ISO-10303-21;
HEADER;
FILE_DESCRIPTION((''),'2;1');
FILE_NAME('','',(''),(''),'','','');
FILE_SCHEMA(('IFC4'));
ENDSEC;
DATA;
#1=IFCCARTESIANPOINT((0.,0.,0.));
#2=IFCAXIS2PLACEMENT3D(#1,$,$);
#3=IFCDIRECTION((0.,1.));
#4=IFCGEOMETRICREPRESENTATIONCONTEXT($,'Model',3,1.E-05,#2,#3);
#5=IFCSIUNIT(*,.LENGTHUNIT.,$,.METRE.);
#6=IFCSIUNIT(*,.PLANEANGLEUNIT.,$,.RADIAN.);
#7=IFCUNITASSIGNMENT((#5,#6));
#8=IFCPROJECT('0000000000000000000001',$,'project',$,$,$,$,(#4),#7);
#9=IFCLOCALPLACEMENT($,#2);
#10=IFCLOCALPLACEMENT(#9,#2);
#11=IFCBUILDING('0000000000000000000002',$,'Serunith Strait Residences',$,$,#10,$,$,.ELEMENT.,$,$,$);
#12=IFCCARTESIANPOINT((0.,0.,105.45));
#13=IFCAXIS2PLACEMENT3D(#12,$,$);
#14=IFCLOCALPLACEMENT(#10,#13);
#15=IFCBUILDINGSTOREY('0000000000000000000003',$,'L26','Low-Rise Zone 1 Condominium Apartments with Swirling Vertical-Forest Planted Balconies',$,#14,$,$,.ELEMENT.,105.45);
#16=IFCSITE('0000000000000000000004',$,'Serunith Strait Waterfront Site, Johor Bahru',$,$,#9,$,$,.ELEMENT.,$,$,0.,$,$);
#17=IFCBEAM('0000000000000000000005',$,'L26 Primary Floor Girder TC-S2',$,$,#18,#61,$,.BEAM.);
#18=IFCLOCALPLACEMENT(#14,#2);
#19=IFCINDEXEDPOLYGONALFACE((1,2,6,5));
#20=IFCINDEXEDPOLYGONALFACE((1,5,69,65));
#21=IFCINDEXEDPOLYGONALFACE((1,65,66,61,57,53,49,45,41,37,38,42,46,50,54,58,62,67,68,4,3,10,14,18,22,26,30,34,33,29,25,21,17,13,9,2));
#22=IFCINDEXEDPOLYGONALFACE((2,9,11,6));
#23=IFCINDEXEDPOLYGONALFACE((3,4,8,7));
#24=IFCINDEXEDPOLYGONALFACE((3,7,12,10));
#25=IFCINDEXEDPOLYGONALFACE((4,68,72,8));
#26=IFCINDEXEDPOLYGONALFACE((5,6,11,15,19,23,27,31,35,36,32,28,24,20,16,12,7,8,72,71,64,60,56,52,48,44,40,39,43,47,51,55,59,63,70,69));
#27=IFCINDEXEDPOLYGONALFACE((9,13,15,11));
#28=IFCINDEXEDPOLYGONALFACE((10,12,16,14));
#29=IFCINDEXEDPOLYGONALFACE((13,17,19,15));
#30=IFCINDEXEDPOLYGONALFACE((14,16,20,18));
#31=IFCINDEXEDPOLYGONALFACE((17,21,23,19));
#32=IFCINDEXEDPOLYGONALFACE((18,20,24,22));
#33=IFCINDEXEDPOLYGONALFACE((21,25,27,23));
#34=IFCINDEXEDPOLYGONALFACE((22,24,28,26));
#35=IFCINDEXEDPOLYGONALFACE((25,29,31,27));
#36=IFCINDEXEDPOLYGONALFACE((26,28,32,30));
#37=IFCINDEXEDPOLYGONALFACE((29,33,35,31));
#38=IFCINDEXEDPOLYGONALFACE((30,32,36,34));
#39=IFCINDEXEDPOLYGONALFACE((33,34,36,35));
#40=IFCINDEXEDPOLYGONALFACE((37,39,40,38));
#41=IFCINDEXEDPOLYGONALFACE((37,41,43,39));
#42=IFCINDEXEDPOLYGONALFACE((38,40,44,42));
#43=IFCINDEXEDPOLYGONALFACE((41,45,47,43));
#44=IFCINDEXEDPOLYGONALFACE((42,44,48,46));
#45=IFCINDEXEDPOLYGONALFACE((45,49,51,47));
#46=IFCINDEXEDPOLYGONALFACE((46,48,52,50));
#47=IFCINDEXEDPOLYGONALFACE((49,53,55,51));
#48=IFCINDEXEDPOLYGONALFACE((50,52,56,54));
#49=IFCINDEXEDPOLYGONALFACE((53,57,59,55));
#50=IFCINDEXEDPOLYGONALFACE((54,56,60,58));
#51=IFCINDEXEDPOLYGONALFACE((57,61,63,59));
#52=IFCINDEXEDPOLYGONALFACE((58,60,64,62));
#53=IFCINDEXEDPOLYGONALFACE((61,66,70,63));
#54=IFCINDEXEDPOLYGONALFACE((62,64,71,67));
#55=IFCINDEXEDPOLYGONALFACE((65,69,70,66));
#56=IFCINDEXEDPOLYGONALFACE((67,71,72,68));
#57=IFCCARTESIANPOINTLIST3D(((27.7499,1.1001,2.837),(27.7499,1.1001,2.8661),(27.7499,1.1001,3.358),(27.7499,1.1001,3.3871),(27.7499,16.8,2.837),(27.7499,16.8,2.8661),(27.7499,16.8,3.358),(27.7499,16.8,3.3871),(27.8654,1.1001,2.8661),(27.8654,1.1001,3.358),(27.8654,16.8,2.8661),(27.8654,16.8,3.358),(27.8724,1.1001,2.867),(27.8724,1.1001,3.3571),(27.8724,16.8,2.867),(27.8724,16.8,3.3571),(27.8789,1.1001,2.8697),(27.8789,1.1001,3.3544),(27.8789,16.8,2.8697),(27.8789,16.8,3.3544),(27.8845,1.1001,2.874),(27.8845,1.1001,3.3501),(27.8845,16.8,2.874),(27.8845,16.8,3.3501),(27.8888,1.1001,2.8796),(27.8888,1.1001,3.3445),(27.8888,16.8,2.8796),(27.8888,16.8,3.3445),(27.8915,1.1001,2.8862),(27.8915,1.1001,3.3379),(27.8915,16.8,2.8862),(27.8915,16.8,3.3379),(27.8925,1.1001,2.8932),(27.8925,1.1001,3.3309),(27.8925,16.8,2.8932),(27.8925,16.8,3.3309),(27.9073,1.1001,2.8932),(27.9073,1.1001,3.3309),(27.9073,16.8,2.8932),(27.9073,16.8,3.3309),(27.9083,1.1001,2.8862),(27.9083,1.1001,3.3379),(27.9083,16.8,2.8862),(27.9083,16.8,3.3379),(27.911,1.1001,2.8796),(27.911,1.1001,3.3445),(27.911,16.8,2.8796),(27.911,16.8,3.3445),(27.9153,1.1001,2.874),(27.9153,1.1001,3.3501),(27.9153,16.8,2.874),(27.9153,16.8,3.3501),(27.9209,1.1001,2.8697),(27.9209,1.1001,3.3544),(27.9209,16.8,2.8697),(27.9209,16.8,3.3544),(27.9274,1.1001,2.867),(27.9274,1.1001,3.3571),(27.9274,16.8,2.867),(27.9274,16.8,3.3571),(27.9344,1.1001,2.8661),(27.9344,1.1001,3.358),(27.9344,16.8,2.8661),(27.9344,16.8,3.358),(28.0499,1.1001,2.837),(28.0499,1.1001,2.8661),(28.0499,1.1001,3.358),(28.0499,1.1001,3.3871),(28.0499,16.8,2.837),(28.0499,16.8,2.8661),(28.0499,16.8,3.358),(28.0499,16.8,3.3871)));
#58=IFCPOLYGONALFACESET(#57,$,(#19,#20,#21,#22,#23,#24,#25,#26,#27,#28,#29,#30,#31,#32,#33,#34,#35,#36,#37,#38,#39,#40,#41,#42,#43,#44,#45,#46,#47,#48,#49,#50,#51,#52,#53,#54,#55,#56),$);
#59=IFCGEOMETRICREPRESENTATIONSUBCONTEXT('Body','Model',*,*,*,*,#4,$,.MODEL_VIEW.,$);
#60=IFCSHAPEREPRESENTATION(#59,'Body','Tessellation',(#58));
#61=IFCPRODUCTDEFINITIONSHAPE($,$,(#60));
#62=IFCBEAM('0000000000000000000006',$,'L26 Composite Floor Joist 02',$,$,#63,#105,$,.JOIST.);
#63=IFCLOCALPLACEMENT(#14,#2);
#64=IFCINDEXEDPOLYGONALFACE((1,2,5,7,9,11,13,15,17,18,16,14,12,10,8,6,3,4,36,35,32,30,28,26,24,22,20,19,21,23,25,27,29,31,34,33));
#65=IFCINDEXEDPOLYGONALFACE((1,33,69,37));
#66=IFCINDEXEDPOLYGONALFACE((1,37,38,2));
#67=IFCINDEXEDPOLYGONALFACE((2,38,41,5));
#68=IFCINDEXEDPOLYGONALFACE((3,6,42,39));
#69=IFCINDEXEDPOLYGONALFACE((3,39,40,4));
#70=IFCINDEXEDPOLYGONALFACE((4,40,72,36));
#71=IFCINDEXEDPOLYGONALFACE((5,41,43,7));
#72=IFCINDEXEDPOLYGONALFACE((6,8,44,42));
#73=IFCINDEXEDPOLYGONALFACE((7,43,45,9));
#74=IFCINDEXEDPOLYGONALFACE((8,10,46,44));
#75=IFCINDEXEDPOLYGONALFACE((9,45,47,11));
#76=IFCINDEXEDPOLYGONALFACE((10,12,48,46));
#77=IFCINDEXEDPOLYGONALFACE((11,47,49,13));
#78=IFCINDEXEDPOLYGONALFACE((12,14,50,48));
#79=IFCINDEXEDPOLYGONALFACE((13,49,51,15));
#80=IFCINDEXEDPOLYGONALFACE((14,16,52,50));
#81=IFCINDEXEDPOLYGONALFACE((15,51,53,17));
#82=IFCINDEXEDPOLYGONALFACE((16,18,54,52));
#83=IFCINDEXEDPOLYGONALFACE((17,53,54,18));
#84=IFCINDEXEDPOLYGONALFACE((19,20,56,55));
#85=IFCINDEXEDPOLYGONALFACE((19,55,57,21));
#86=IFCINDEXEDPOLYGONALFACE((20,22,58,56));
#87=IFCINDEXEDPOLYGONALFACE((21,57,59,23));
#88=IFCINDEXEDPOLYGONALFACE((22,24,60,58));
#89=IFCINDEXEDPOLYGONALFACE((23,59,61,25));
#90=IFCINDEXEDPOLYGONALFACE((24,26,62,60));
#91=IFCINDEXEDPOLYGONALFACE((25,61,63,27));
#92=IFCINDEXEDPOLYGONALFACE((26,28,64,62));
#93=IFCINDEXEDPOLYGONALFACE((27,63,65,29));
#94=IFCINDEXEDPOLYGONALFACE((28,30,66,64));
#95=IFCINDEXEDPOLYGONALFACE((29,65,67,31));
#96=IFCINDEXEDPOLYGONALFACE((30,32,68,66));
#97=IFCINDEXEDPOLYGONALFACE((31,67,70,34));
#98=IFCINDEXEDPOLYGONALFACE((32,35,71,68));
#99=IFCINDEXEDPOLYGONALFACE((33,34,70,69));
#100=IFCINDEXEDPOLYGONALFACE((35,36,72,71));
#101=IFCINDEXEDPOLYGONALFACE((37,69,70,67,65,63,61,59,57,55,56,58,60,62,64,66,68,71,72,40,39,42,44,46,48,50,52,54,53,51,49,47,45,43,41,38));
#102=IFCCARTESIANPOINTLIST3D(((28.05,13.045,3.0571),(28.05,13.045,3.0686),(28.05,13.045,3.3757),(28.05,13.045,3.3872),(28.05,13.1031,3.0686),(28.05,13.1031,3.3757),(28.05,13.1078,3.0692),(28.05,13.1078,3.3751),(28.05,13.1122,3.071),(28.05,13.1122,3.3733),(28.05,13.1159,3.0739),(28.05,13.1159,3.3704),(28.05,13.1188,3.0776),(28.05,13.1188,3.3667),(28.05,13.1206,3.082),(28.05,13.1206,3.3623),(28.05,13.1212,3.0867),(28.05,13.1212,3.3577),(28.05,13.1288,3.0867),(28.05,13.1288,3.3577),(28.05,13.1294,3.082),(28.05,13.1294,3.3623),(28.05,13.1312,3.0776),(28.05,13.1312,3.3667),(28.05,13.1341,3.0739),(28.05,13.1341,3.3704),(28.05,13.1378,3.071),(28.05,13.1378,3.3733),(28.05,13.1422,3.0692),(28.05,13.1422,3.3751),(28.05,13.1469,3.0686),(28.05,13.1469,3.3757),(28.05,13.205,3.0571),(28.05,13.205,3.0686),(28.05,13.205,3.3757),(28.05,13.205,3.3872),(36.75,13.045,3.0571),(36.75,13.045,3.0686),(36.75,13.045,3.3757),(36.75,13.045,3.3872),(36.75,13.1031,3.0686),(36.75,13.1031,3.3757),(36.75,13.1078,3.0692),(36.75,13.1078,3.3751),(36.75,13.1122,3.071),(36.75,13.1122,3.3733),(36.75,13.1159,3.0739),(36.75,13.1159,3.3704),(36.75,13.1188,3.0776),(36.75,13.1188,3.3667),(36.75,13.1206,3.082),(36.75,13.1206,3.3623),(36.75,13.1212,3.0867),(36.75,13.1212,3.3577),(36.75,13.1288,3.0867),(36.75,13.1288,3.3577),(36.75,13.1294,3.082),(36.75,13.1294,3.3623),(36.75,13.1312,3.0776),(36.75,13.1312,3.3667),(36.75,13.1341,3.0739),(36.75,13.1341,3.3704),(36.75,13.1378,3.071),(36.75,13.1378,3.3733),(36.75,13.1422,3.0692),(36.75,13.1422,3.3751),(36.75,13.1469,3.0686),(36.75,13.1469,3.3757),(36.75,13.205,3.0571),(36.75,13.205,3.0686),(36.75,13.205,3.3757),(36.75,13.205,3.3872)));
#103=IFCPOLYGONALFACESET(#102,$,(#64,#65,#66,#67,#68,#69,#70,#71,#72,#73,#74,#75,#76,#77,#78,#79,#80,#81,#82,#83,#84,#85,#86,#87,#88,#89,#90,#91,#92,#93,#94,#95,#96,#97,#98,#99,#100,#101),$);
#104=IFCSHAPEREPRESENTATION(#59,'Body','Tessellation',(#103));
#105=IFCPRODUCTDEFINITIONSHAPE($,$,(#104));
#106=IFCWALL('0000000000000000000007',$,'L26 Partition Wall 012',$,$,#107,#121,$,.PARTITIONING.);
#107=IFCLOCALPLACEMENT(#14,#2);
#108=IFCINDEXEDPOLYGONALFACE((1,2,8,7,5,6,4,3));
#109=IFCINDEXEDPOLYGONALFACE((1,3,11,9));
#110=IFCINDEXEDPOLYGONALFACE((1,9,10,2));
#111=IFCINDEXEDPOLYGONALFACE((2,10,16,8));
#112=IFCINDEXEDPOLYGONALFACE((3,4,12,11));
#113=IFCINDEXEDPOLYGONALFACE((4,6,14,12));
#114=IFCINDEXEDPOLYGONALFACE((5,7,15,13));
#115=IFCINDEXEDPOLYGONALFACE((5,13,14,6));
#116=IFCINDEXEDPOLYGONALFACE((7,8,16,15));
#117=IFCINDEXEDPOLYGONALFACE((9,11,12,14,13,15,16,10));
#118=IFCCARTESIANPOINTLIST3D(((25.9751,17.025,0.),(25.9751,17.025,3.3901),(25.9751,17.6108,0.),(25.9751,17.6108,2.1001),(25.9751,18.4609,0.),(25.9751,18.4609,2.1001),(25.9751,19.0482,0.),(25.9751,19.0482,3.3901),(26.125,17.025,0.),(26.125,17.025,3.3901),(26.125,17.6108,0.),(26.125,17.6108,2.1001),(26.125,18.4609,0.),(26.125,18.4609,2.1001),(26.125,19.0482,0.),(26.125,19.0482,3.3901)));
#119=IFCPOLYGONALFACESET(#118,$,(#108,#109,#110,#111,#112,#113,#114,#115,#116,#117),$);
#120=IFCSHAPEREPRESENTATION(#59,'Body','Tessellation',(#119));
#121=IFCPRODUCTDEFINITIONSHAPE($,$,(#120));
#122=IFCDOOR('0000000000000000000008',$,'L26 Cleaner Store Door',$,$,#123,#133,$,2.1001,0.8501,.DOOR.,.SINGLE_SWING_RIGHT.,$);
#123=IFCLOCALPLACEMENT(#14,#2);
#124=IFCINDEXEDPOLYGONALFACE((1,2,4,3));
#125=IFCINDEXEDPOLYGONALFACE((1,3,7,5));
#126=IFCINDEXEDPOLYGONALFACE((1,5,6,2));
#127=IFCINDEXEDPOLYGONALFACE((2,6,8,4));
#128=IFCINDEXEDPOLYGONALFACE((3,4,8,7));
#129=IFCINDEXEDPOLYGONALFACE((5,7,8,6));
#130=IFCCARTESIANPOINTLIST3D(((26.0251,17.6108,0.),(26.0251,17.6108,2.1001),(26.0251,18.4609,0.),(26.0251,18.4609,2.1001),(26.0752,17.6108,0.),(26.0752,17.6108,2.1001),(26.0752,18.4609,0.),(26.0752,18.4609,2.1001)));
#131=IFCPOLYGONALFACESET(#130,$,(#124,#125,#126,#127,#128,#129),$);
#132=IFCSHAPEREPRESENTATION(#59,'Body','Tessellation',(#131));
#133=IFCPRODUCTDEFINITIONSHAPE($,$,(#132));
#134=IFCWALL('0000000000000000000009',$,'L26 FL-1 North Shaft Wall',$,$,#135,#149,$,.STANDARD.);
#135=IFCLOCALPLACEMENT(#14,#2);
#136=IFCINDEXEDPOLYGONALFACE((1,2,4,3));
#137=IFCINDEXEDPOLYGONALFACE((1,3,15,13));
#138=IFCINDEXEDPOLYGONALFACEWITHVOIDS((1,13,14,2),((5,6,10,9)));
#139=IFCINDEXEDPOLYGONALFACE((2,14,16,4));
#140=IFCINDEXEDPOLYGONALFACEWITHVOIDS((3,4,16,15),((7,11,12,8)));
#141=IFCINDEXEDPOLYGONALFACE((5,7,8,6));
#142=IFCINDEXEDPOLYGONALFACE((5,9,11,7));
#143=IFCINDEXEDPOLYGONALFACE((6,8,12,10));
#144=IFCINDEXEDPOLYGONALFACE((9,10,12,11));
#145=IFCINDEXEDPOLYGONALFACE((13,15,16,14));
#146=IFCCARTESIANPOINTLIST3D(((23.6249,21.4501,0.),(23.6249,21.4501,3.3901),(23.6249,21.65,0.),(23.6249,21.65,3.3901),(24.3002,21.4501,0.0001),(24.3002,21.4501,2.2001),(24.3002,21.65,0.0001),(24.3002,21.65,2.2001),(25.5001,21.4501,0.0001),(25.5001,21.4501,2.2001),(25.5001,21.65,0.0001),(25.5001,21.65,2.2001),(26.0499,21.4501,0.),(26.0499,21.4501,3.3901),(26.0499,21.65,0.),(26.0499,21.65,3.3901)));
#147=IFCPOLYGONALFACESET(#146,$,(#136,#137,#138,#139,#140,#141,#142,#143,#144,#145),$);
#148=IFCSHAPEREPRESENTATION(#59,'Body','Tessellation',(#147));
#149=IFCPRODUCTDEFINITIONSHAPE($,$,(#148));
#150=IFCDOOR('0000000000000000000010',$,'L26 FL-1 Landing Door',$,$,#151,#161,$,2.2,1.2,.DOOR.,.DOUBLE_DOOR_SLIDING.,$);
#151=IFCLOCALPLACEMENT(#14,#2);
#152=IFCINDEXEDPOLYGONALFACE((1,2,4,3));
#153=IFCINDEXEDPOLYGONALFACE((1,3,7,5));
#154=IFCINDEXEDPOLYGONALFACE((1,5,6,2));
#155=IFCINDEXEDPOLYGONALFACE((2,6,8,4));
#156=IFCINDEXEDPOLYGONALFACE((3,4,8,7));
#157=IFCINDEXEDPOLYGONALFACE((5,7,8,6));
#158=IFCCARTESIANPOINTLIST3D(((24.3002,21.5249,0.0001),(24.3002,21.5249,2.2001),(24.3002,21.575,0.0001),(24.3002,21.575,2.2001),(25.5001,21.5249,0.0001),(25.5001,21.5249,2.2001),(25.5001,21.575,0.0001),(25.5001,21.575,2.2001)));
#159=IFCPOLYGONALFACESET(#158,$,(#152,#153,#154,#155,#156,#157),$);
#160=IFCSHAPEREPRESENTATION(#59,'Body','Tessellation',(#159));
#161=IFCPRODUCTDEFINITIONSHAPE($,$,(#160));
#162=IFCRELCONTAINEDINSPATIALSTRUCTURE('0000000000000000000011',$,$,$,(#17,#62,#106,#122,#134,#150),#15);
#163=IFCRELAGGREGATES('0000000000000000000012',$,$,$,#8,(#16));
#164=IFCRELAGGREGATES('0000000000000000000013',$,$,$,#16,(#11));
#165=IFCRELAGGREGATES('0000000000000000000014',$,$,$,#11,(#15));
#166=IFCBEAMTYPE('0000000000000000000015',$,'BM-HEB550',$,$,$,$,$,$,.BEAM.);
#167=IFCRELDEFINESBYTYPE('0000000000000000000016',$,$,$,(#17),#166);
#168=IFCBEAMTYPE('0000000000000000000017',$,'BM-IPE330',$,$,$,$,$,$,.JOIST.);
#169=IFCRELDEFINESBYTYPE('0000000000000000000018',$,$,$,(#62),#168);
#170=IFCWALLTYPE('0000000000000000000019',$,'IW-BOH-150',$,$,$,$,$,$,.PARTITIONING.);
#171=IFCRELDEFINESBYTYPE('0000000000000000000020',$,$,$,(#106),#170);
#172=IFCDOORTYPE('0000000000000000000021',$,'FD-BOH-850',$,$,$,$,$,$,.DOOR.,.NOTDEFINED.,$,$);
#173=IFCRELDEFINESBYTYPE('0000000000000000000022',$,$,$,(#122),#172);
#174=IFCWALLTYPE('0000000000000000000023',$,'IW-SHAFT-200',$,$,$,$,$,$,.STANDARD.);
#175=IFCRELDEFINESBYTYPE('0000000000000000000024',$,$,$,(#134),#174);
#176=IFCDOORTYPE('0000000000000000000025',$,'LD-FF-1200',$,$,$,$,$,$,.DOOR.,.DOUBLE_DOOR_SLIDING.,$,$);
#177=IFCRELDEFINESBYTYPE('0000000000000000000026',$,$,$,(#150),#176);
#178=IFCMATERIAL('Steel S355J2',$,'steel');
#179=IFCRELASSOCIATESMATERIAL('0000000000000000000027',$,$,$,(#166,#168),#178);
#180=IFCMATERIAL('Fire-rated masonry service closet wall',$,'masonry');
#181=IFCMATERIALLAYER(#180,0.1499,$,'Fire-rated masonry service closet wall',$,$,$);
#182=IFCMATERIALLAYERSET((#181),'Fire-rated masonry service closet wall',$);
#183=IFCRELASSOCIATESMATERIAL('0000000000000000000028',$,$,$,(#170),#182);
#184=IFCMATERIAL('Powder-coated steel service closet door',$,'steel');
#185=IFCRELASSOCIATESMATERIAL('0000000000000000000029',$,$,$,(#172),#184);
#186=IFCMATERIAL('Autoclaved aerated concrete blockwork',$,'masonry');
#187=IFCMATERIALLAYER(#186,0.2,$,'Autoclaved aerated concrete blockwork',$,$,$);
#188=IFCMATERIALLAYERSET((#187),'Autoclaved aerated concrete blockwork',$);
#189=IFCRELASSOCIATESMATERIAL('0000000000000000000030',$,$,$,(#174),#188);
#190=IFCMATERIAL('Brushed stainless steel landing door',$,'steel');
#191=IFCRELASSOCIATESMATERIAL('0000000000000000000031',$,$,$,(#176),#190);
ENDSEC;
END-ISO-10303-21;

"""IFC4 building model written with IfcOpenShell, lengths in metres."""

from ifc_helpers import new_model, si_unit, direction, frame, frame_2d, origin, origin_2d, place, context, subcontext, project, spatial, rectangle, i_section, extrude, source, transform, mapped, material, layer, layer_set, material_profile, profile_set, type_object, element, fill, save


model = new_model("IFC4")

# Units and contexts
model_context = context("Model", 3, precision=1e-05, world=origin(), true_north=direction((0.0, 1.0)))
body_context = subcontext(model_context, "Body", "Model", "MODEL_VIEW")
ifc_project = project(units=[si_unit("LENGTHUNIT", "METRE"), si_unit("PLANEANGLEUNIT", "RADIAN")], contexts=[model_context])

# Site, building, storey
site_placement = place(None, origin())
site = spatial("IfcSite", under=ifc_project, at=site_placement, Name="Serunith Strait Waterfront Site, Johor Bahru", CompositionType="ELEMENT", RefElevation=0.0)
building_placement = place(site_placement, origin())
building = spatial("IfcBuilding", under=site, at=building_placement, Name="Serunith Strait Residences", CompositionType="ELEMENT")
storey_placement = place(building_placement, frame((0.0, 0.0, 105.45)))
storey = spatial("IfcBuildingStorey", under=building, at=storey_placement, Name="L26", Description="Low-Rise Zone 1 Condominium Apartments with Swirling Vertical-Forest Planted Balconies", CompositionType="ELEMENT", Elevation=105.45)

# Beams
ifc_material_1 = material(Name="Steel S355J2", Category="steel")
ifc_material_profile_1 = material_profile(ifc_material_1, i_section(OverallWidth=0.3, OverallDepth=0.55, WebThickness=0.0149, FlangeThickness=0.0291, FilletRadius=0.0271, at=origin_2d()), Name="HEB 550")
ifc_profile_set_1 = profile_set([ifc_material_profile_1], Name="Steel S355J2")
beam_type_1 = type_object("IfcBeamType", Name="BM-HEB550", PredefinedType="BEAM", material=ifc_profile_set_1)
shared_shape_1 = source(origin(), body_context, "Body", "SweptSolid", [
    extrude(i_section(OverallWidth=0.3, OverallDepth=0.55, WebThickness=0.0149, FlangeThickness=0.0291, FilletRadius=0.0271, at=origin_2d()), origin(), (0.0, 0.0, 1.0), 15.7),
])
beam_1_placement = place(storey_placement, frame((27.8999, 16.8, 3.1121), z_axis=(0.0, -1.0, 0.0), x_axis=(1.0, 0.0, 0.0)))
element("IfcBeam", 1, at=beam_1_placement, inside=storey, type_object=beam_type_1, Name="L26 Primary Floor Girder TC-S2", PredefinedType="BEAM", context=body_context, shape_type="MappedRepresentation", body=[
    mapped(shared_shape_1, transform((0.0, 0.0, 0.0), scale=1.0)),
])
ifc_material_profile_2 = material_profile(ifc_material_1, i_section(OverallWidth=0.1599, OverallDepth=0.3301, WebThickness=0.0076, FlangeThickness=0.0115, FilletRadius=0.0181, at=origin_2d()), Name="IPE 330")
ifc_profile_set_2 = profile_set([ifc_material_profile_2], Name="Steel S355J2")
beam_type_2 = type_object("IfcBeamType", Name="BM-IPE330", PredefinedType="JOIST", material=ifc_profile_set_2)
shared_shape_2 = source(origin(), body_context, "Body", "SweptSolid", [
    extrude(i_section(OverallWidth=0.1599, OverallDepth=0.3301, WebThickness=0.0076, FlangeThickness=0.0115, FilletRadius=0.0181, at=origin_2d()), origin(), (0.0, 0.0, 1.0), 8.7),
])
beam_2_placement = place(storey_placement, frame((28.05, 13.125, 3.2222), z_axis=(1.0, 0.0, 0.0), x_axis=(0.0, 1.0, 0.0)))
element("IfcBeam", 2, at=beam_2_placement, inside=storey, type_object=beam_type_2, Name="L26 Composite Floor Joist 02", PredefinedType="JOIST", context=body_context, shape_type="MappedRepresentation", body=[
    mapped(shared_shape_2, transform((0.0, 0.0, 0.0), scale=1.0)),
])

# Walls, openings, doors
ifc_material_2 = material(Name="Fire-rated masonry service closet wall", Category="masonry")
ifc_layer_1 = layer(ifc_material_2, 0.1499, Name="Fire-rated masonry service closet wall")
ifc_layer_set_1 = layer_set([ifc_layer_1], Name="Fire-rated masonry service closet wall")
wall_type_1 = type_object("IfcWallType", Name="IW-BOH-150", PredefinedType="PARTITIONING", material=ifc_layer_set_1)
wall_1_placement = place(storey_placement, frame((26.05, 17.0249, 0.0), z_axis=(0.0, 0.0, 1.0), x_axis=(0.0, 1.0, 0.0)))
wall_1 = element("IfcWall", 3, at=wall_1_placement, inside=storey, type_object=wall_type_1, Name="L26 Partition Wall 012", PredefinedType="PARTITIONING", context=body_context, shape_type="SweptSolid", body=[
    extrude(rectangle(XDim=2.0232, YDim=0.1499, at=frame_2d((1.0117, 0.0))), origin(), (0.0, 0.0, 1.0), 3.3901),
])
opening_1_placement = place(wall_1_placement, frame((0.5859, 0.0, 0.0)))
opening_1 = element("IfcOpeningElement", 4, at=opening_1_placement, cuts=wall_1, PredefinedType="OPENING", context=body_context, shape_type="SweptSolid", body=[
    extrude(rectangle(XDim=0.8501, YDim=2.1001, at=frame_2d((0.425, 1.05))), frame((0.0, 0.085, 0.0), z_axis=(0.0, -1.0, 0.0), x_axis=(1.0, 0.0, 0.0)), (0.0, 0.0, 1.0), 0.1699),
])
ifc_material_3 = material(Name="Powder-coated steel service closet door", Category="steel")
door_type_1 = type_object("IfcDoorType", Name="FD-BOH-850", OperationType="NOTDEFINED", PredefinedType="DOOR", material=ifc_material_3)
shared_shape_3 = source(origin(), body_context, "Body", "SweptSolid", [
    extrude(rectangle(XDim=0.8501, YDim=2.1001, at=frame_2d((0.425, 1.05))), frame((0.0, 0.0249, 0.0), z_axis=(0.0, -1.0, 0.0), x_axis=(1.0, 0.0, 0.0)), (0.0, 0.0, 1.0), 0.05),
])
door_1_placement = place(opening_1_placement, origin())
door_1 = element("IfcDoor", 5, at=door_1_placement, inside=storey, type_object=door_type_1, Name="L26 Cleaner Store Door", OperationType="SINGLE_SWING_RIGHT", OverallHeight=2.1001, OverallWidth=0.8501, PredefinedType="DOOR", context=body_context, shape_type="MappedRepresentation", body=[
    mapped(shared_shape_3, transform((0.0, 0.0, 0.0), scale=1.0)),
])
fill(opening_1, door_1)
ifc_material_4 = material(Name="Autoclaved aerated concrete blockwork", Category="masonry")
ifc_layer_2 = layer(ifc_material_4, 0.2, Name="Autoclaved aerated concrete blockwork")
ifc_layer_set_2 = layer_set([ifc_layer_2], Name="Autoclaved aerated concrete blockwork")
wall_type_2 = type_object("IfcWallType", Name="IW-SHAFT-200", PredefinedType="STANDARD", material=ifc_layer_set_2)
wall_2_placement = place(storey_placement, frame((23.625, 21.55, 0.0), z_axis=(0.0, 0.0, 1.0), x_axis=(1.0, 0.0, 0.0)))
wall_2 = element("IfcWall", 6, at=wall_2_placement, inside=storey, type_object=wall_type_2, Name="L26 FL-1 North Shaft Wall", PredefinedType="STANDARD", context=body_context, shape_type="SweptSolid", body=[
    extrude(rectangle(XDim=2.425, YDim=0.2, at=frame_2d((1.2124, 0.0))), origin(), (0.0, 0.0, 1.0), 3.3901),
])
opening_2_placement = place(wall_2_placement, frame((0.675, 0.0, 0.0)))
opening_2 = element("IfcOpeningElement", 7, at=opening_2_placement, cuts=wall_2, PredefinedType="OPENING", context=body_context, shape_type="SweptSolid", body=[
    extrude(rectangle(XDim=1.2, YDim=2.2, at=frame_2d((0.6001, 1.1001))), frame((0.0, 0.1099, 0.0), z_axis=(0.0, -1.0, 0.0), x_axis=(1.0, 0.0, 0.0)), (0.0, 0.0, 1.0), 0.22),
])
ifc_material_5 = material(Name="Brushed stainless steel landing door", Category="steel")
door_type_2 = type_object("IfcDoorType", Name="LD-FF-1200", OperationType="DOUBLE_DOOR_SLIDING", PredefinedType="DOOR", material=ifc_material_5)
shared_shape_4 = source(origin(), body_context, "Body", "SweptSolid", [
    extrude(rectangle(XDim=1.2, YDim=2.2, at=frame_2d((0.6001, 1.1001))), frame((0.0, 0.0249, 0.0), z_axis=(0.0, -1.0, 0.0), x_axis=(1.0, 0.0, 0.0)), (0.0, 0.0, 1.0), 0.05),
])
door_2_placement = place(opening_2_placement, origin())
door_2 = element("IfcDoor", 8, at=door_2_placement, inside=storey, type_object=door_type_2, Name="L26 FL-1 Landing Door", OperationType="DOUBLE_DOOR_SLIDING", OverallHeight=2.2, OverallWidth=1.2, PredefinedType="DOOR", context=body_context, shape_type="MappedRepresentation", body=[
    mapped(shared_shape_4, transform((0.0, 0.0, 0.0), scale=1.0)),
])
fill(opening_2, door_2)

save(model, "model.ifc")
